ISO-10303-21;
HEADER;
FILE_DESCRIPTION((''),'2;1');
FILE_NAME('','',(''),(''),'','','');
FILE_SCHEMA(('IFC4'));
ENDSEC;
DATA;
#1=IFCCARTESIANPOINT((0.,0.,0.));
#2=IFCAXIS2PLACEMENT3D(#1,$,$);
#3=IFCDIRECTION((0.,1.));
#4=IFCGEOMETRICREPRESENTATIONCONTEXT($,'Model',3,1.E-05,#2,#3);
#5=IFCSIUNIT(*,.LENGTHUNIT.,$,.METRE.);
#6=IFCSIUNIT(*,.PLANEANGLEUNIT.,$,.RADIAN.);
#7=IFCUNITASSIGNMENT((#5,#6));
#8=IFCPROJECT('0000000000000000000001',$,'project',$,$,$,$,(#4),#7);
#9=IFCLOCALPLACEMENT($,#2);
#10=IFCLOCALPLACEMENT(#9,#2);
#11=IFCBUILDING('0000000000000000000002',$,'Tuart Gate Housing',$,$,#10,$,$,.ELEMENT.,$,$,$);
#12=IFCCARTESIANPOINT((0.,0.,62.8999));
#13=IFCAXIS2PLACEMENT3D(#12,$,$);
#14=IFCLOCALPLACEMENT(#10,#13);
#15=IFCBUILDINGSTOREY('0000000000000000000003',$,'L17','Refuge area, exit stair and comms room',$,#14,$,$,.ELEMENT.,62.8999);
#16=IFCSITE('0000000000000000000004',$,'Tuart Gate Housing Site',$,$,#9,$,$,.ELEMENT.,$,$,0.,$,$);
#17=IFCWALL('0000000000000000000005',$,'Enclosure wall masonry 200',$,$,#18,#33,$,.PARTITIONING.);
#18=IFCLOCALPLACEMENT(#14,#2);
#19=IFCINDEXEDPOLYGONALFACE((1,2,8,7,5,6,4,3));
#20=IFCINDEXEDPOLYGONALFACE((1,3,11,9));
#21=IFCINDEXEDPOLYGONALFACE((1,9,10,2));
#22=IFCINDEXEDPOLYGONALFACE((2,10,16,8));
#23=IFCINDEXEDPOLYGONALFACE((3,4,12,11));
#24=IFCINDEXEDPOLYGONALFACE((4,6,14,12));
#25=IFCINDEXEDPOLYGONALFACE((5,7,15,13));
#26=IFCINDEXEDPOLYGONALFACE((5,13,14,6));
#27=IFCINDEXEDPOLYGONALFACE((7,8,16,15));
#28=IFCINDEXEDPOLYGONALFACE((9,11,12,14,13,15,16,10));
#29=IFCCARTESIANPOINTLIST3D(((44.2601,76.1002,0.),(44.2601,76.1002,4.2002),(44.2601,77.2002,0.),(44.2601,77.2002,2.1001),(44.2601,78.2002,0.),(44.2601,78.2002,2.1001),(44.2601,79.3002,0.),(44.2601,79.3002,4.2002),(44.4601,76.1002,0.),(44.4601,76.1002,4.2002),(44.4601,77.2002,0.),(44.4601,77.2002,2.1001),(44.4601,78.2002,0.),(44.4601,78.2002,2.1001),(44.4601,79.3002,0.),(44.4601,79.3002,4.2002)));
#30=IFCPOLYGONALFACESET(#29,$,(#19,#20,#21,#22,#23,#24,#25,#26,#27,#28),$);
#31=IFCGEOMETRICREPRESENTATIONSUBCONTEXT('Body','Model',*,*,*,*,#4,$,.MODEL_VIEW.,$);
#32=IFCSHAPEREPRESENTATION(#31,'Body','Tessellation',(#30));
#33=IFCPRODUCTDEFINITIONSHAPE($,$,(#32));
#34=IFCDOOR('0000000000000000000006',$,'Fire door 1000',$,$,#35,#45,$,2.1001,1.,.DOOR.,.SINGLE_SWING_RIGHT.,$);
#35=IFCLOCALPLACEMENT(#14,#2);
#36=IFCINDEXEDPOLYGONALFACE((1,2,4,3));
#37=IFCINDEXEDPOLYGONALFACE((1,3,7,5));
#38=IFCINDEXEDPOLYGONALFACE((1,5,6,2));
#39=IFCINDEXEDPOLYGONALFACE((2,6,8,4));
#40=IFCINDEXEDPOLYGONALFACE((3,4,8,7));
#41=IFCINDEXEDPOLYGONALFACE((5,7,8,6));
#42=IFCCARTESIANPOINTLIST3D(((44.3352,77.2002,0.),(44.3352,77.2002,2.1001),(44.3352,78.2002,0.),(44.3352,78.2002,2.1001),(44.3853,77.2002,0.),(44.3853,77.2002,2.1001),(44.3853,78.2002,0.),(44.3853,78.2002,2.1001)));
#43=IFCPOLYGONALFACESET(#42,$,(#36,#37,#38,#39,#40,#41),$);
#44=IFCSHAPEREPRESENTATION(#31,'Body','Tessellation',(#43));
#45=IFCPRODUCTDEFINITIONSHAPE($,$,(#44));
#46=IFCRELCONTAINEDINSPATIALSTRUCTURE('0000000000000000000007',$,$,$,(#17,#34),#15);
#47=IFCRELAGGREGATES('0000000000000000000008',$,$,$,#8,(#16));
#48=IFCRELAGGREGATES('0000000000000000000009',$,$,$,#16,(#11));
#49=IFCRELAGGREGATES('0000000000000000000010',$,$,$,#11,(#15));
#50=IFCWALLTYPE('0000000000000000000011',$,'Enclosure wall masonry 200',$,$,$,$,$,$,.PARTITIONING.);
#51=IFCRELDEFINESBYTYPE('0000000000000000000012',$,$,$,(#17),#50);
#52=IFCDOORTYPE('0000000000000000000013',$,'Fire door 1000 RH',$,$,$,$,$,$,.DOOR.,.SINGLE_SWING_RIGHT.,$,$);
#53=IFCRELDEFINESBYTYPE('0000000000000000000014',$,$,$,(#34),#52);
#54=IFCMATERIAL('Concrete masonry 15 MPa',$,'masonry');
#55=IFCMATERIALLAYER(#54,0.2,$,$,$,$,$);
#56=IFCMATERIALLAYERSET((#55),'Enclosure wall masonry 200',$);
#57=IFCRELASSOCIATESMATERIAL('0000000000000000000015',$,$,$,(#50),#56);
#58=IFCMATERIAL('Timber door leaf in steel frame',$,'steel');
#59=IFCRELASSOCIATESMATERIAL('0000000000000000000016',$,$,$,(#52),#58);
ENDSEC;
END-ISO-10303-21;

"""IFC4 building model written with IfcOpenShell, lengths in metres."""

from ifc_helpers import new_model, si_unit, direction, frame, frame_2d, origin, place, context, subcontext, project, spatial, rectangle, extrude, material, layer, layer_set, type_object, element, fill, save


model = new_model("IFC4")

# Units and contexts
model_context = context("Model", 3, precision=1e-05, world=origin(), true_north=direction((0.0, 1.0)))
body_context = subcontext(model_context, "Body", "Model", "MODEL_VIEW")
ifc_project = project(units=[si_unit("LENGTHUNIT", "METRE"), si_unit("PLANEANGLEUNIT", "RADIAN")], contexts=[model_context])

# Site, building, storey
site_placement = place(None, origin())
site = spatial("IfcSite", under=ifc_project, at=site_placement, Name="Tuart Gate Housing Site", CompositionType="ELEMENT", RefElevation=0.0)
building_placement = place(site_placement, origin())
building = spatial("IfcBuilding", under=site, at=building_placement, Name="Tuart Gate Housing", CompositionType="ELEMENT")
storey_placement = place(building_placement, frame((0.0, 0.0, 62.8999)))
storey = spatial("IfcBuildingStorey", under=building, at=storey_placement, Name="L17", Description="Refuge area, exit stair and comms room", CompositionType="ELEMENT", Elevation=62.8999)

# Shared definitions
ifc_material_1 = material(Name="Concrete masonry 15 MPa", Category="masonry")
ifc_layer_1 = layer(ifc_material_1, 0.2)
ifc_layer_set_1 = layer_set([ifc_layer_1], Name="Enclosure wall masonry 200")
wall_type_1 = type_object("IfcWallType", Name="Enclosure wall masonry 200", PredefinedType="PARTITIONING", material=ifc_layer_set_1)
ifc_material_2 = material(Name="Timber door leaf in steel frame", Category="steel")
door_type_1 = type_object("IfcDoorType", Name="Fire door 1000 RH", OperationType="SINGLE_SWING_RIGHT", PredefinedType="DOOR", material=ifc_material_2)

# Wall, opening, door
wall_1_placement = place(storey_placement, frame((44.3601, 76.1001, 0.0), z_axis=(0.0, 0.0, 1.0), x_axis=(0.0, 1.0, 0.0)))
wall_1 = element("IfcWall", 1, at=wall_1_placement, inside=storey, type_object=wall_type_1, Name="Enclosure wall masonry 200", PredefinedType="PARTITIONING", context=body_context, shape_type="SweptSolid", body=[
    extrude(rectangle(XDim=3.2, YDim=0.2, at=frame_2d((1.6001, 0.0))), origin(), (0.0, 0.0, 1.0), 4.2002),
])
opening_1_placement = place(wall_1_placement, frame((1.1001, 0.0, 0.0)))
opening_1 = element("IfcOpeningElement", 2, at=opening_1_placement, cuts=wall_1, PredefinedType="OPENING", context=body_context, shape_type="SweptSolid", body=[
    extrude(rectangle(XDim=1.0, YDim=2.1001, at=frame_2d((0.5, 1.05))), frame((0.0, 0.1099, 0.0), z_axis=(0.0, -1.0, 0.0), x_axis=(1.0, 0.0, 0.0)), (0.0, 0.0, 1.0), 0.22),
])
door_1_placement = place(opening_1_placement, frame((1.0, 0.0, 0.0), z_axis=(0.0, 0.0, 1.0), x_axis=(-1.0, 0.0, 0.0)))
door_1 = element("IfcDoor", 3, at=door_1_placement, inside=storey, type_object=door_type_1, Name="Fire door 1000", OperationType="SINGLE_SWING_RIGHT", OverallHeight=2.1001, OverallWidth=1.0, PredefinedType="DOOR", context=body_context, shape_type="SweptSolid", body=[
    extrude(rectangle(XDim=1.0, YDim=2.1001, at=frame_2d((0.5, 1.05))), frame((0.0, 0.0251, 0.0), z_axis=(0.0, -1.0, 0.0), x_axis=(1.0, 0.0, 0.0)), (0.0, 0.0, 1.0), 0.05),
])
fill(opening_1, door_1)

save(model, "model.ifc")
